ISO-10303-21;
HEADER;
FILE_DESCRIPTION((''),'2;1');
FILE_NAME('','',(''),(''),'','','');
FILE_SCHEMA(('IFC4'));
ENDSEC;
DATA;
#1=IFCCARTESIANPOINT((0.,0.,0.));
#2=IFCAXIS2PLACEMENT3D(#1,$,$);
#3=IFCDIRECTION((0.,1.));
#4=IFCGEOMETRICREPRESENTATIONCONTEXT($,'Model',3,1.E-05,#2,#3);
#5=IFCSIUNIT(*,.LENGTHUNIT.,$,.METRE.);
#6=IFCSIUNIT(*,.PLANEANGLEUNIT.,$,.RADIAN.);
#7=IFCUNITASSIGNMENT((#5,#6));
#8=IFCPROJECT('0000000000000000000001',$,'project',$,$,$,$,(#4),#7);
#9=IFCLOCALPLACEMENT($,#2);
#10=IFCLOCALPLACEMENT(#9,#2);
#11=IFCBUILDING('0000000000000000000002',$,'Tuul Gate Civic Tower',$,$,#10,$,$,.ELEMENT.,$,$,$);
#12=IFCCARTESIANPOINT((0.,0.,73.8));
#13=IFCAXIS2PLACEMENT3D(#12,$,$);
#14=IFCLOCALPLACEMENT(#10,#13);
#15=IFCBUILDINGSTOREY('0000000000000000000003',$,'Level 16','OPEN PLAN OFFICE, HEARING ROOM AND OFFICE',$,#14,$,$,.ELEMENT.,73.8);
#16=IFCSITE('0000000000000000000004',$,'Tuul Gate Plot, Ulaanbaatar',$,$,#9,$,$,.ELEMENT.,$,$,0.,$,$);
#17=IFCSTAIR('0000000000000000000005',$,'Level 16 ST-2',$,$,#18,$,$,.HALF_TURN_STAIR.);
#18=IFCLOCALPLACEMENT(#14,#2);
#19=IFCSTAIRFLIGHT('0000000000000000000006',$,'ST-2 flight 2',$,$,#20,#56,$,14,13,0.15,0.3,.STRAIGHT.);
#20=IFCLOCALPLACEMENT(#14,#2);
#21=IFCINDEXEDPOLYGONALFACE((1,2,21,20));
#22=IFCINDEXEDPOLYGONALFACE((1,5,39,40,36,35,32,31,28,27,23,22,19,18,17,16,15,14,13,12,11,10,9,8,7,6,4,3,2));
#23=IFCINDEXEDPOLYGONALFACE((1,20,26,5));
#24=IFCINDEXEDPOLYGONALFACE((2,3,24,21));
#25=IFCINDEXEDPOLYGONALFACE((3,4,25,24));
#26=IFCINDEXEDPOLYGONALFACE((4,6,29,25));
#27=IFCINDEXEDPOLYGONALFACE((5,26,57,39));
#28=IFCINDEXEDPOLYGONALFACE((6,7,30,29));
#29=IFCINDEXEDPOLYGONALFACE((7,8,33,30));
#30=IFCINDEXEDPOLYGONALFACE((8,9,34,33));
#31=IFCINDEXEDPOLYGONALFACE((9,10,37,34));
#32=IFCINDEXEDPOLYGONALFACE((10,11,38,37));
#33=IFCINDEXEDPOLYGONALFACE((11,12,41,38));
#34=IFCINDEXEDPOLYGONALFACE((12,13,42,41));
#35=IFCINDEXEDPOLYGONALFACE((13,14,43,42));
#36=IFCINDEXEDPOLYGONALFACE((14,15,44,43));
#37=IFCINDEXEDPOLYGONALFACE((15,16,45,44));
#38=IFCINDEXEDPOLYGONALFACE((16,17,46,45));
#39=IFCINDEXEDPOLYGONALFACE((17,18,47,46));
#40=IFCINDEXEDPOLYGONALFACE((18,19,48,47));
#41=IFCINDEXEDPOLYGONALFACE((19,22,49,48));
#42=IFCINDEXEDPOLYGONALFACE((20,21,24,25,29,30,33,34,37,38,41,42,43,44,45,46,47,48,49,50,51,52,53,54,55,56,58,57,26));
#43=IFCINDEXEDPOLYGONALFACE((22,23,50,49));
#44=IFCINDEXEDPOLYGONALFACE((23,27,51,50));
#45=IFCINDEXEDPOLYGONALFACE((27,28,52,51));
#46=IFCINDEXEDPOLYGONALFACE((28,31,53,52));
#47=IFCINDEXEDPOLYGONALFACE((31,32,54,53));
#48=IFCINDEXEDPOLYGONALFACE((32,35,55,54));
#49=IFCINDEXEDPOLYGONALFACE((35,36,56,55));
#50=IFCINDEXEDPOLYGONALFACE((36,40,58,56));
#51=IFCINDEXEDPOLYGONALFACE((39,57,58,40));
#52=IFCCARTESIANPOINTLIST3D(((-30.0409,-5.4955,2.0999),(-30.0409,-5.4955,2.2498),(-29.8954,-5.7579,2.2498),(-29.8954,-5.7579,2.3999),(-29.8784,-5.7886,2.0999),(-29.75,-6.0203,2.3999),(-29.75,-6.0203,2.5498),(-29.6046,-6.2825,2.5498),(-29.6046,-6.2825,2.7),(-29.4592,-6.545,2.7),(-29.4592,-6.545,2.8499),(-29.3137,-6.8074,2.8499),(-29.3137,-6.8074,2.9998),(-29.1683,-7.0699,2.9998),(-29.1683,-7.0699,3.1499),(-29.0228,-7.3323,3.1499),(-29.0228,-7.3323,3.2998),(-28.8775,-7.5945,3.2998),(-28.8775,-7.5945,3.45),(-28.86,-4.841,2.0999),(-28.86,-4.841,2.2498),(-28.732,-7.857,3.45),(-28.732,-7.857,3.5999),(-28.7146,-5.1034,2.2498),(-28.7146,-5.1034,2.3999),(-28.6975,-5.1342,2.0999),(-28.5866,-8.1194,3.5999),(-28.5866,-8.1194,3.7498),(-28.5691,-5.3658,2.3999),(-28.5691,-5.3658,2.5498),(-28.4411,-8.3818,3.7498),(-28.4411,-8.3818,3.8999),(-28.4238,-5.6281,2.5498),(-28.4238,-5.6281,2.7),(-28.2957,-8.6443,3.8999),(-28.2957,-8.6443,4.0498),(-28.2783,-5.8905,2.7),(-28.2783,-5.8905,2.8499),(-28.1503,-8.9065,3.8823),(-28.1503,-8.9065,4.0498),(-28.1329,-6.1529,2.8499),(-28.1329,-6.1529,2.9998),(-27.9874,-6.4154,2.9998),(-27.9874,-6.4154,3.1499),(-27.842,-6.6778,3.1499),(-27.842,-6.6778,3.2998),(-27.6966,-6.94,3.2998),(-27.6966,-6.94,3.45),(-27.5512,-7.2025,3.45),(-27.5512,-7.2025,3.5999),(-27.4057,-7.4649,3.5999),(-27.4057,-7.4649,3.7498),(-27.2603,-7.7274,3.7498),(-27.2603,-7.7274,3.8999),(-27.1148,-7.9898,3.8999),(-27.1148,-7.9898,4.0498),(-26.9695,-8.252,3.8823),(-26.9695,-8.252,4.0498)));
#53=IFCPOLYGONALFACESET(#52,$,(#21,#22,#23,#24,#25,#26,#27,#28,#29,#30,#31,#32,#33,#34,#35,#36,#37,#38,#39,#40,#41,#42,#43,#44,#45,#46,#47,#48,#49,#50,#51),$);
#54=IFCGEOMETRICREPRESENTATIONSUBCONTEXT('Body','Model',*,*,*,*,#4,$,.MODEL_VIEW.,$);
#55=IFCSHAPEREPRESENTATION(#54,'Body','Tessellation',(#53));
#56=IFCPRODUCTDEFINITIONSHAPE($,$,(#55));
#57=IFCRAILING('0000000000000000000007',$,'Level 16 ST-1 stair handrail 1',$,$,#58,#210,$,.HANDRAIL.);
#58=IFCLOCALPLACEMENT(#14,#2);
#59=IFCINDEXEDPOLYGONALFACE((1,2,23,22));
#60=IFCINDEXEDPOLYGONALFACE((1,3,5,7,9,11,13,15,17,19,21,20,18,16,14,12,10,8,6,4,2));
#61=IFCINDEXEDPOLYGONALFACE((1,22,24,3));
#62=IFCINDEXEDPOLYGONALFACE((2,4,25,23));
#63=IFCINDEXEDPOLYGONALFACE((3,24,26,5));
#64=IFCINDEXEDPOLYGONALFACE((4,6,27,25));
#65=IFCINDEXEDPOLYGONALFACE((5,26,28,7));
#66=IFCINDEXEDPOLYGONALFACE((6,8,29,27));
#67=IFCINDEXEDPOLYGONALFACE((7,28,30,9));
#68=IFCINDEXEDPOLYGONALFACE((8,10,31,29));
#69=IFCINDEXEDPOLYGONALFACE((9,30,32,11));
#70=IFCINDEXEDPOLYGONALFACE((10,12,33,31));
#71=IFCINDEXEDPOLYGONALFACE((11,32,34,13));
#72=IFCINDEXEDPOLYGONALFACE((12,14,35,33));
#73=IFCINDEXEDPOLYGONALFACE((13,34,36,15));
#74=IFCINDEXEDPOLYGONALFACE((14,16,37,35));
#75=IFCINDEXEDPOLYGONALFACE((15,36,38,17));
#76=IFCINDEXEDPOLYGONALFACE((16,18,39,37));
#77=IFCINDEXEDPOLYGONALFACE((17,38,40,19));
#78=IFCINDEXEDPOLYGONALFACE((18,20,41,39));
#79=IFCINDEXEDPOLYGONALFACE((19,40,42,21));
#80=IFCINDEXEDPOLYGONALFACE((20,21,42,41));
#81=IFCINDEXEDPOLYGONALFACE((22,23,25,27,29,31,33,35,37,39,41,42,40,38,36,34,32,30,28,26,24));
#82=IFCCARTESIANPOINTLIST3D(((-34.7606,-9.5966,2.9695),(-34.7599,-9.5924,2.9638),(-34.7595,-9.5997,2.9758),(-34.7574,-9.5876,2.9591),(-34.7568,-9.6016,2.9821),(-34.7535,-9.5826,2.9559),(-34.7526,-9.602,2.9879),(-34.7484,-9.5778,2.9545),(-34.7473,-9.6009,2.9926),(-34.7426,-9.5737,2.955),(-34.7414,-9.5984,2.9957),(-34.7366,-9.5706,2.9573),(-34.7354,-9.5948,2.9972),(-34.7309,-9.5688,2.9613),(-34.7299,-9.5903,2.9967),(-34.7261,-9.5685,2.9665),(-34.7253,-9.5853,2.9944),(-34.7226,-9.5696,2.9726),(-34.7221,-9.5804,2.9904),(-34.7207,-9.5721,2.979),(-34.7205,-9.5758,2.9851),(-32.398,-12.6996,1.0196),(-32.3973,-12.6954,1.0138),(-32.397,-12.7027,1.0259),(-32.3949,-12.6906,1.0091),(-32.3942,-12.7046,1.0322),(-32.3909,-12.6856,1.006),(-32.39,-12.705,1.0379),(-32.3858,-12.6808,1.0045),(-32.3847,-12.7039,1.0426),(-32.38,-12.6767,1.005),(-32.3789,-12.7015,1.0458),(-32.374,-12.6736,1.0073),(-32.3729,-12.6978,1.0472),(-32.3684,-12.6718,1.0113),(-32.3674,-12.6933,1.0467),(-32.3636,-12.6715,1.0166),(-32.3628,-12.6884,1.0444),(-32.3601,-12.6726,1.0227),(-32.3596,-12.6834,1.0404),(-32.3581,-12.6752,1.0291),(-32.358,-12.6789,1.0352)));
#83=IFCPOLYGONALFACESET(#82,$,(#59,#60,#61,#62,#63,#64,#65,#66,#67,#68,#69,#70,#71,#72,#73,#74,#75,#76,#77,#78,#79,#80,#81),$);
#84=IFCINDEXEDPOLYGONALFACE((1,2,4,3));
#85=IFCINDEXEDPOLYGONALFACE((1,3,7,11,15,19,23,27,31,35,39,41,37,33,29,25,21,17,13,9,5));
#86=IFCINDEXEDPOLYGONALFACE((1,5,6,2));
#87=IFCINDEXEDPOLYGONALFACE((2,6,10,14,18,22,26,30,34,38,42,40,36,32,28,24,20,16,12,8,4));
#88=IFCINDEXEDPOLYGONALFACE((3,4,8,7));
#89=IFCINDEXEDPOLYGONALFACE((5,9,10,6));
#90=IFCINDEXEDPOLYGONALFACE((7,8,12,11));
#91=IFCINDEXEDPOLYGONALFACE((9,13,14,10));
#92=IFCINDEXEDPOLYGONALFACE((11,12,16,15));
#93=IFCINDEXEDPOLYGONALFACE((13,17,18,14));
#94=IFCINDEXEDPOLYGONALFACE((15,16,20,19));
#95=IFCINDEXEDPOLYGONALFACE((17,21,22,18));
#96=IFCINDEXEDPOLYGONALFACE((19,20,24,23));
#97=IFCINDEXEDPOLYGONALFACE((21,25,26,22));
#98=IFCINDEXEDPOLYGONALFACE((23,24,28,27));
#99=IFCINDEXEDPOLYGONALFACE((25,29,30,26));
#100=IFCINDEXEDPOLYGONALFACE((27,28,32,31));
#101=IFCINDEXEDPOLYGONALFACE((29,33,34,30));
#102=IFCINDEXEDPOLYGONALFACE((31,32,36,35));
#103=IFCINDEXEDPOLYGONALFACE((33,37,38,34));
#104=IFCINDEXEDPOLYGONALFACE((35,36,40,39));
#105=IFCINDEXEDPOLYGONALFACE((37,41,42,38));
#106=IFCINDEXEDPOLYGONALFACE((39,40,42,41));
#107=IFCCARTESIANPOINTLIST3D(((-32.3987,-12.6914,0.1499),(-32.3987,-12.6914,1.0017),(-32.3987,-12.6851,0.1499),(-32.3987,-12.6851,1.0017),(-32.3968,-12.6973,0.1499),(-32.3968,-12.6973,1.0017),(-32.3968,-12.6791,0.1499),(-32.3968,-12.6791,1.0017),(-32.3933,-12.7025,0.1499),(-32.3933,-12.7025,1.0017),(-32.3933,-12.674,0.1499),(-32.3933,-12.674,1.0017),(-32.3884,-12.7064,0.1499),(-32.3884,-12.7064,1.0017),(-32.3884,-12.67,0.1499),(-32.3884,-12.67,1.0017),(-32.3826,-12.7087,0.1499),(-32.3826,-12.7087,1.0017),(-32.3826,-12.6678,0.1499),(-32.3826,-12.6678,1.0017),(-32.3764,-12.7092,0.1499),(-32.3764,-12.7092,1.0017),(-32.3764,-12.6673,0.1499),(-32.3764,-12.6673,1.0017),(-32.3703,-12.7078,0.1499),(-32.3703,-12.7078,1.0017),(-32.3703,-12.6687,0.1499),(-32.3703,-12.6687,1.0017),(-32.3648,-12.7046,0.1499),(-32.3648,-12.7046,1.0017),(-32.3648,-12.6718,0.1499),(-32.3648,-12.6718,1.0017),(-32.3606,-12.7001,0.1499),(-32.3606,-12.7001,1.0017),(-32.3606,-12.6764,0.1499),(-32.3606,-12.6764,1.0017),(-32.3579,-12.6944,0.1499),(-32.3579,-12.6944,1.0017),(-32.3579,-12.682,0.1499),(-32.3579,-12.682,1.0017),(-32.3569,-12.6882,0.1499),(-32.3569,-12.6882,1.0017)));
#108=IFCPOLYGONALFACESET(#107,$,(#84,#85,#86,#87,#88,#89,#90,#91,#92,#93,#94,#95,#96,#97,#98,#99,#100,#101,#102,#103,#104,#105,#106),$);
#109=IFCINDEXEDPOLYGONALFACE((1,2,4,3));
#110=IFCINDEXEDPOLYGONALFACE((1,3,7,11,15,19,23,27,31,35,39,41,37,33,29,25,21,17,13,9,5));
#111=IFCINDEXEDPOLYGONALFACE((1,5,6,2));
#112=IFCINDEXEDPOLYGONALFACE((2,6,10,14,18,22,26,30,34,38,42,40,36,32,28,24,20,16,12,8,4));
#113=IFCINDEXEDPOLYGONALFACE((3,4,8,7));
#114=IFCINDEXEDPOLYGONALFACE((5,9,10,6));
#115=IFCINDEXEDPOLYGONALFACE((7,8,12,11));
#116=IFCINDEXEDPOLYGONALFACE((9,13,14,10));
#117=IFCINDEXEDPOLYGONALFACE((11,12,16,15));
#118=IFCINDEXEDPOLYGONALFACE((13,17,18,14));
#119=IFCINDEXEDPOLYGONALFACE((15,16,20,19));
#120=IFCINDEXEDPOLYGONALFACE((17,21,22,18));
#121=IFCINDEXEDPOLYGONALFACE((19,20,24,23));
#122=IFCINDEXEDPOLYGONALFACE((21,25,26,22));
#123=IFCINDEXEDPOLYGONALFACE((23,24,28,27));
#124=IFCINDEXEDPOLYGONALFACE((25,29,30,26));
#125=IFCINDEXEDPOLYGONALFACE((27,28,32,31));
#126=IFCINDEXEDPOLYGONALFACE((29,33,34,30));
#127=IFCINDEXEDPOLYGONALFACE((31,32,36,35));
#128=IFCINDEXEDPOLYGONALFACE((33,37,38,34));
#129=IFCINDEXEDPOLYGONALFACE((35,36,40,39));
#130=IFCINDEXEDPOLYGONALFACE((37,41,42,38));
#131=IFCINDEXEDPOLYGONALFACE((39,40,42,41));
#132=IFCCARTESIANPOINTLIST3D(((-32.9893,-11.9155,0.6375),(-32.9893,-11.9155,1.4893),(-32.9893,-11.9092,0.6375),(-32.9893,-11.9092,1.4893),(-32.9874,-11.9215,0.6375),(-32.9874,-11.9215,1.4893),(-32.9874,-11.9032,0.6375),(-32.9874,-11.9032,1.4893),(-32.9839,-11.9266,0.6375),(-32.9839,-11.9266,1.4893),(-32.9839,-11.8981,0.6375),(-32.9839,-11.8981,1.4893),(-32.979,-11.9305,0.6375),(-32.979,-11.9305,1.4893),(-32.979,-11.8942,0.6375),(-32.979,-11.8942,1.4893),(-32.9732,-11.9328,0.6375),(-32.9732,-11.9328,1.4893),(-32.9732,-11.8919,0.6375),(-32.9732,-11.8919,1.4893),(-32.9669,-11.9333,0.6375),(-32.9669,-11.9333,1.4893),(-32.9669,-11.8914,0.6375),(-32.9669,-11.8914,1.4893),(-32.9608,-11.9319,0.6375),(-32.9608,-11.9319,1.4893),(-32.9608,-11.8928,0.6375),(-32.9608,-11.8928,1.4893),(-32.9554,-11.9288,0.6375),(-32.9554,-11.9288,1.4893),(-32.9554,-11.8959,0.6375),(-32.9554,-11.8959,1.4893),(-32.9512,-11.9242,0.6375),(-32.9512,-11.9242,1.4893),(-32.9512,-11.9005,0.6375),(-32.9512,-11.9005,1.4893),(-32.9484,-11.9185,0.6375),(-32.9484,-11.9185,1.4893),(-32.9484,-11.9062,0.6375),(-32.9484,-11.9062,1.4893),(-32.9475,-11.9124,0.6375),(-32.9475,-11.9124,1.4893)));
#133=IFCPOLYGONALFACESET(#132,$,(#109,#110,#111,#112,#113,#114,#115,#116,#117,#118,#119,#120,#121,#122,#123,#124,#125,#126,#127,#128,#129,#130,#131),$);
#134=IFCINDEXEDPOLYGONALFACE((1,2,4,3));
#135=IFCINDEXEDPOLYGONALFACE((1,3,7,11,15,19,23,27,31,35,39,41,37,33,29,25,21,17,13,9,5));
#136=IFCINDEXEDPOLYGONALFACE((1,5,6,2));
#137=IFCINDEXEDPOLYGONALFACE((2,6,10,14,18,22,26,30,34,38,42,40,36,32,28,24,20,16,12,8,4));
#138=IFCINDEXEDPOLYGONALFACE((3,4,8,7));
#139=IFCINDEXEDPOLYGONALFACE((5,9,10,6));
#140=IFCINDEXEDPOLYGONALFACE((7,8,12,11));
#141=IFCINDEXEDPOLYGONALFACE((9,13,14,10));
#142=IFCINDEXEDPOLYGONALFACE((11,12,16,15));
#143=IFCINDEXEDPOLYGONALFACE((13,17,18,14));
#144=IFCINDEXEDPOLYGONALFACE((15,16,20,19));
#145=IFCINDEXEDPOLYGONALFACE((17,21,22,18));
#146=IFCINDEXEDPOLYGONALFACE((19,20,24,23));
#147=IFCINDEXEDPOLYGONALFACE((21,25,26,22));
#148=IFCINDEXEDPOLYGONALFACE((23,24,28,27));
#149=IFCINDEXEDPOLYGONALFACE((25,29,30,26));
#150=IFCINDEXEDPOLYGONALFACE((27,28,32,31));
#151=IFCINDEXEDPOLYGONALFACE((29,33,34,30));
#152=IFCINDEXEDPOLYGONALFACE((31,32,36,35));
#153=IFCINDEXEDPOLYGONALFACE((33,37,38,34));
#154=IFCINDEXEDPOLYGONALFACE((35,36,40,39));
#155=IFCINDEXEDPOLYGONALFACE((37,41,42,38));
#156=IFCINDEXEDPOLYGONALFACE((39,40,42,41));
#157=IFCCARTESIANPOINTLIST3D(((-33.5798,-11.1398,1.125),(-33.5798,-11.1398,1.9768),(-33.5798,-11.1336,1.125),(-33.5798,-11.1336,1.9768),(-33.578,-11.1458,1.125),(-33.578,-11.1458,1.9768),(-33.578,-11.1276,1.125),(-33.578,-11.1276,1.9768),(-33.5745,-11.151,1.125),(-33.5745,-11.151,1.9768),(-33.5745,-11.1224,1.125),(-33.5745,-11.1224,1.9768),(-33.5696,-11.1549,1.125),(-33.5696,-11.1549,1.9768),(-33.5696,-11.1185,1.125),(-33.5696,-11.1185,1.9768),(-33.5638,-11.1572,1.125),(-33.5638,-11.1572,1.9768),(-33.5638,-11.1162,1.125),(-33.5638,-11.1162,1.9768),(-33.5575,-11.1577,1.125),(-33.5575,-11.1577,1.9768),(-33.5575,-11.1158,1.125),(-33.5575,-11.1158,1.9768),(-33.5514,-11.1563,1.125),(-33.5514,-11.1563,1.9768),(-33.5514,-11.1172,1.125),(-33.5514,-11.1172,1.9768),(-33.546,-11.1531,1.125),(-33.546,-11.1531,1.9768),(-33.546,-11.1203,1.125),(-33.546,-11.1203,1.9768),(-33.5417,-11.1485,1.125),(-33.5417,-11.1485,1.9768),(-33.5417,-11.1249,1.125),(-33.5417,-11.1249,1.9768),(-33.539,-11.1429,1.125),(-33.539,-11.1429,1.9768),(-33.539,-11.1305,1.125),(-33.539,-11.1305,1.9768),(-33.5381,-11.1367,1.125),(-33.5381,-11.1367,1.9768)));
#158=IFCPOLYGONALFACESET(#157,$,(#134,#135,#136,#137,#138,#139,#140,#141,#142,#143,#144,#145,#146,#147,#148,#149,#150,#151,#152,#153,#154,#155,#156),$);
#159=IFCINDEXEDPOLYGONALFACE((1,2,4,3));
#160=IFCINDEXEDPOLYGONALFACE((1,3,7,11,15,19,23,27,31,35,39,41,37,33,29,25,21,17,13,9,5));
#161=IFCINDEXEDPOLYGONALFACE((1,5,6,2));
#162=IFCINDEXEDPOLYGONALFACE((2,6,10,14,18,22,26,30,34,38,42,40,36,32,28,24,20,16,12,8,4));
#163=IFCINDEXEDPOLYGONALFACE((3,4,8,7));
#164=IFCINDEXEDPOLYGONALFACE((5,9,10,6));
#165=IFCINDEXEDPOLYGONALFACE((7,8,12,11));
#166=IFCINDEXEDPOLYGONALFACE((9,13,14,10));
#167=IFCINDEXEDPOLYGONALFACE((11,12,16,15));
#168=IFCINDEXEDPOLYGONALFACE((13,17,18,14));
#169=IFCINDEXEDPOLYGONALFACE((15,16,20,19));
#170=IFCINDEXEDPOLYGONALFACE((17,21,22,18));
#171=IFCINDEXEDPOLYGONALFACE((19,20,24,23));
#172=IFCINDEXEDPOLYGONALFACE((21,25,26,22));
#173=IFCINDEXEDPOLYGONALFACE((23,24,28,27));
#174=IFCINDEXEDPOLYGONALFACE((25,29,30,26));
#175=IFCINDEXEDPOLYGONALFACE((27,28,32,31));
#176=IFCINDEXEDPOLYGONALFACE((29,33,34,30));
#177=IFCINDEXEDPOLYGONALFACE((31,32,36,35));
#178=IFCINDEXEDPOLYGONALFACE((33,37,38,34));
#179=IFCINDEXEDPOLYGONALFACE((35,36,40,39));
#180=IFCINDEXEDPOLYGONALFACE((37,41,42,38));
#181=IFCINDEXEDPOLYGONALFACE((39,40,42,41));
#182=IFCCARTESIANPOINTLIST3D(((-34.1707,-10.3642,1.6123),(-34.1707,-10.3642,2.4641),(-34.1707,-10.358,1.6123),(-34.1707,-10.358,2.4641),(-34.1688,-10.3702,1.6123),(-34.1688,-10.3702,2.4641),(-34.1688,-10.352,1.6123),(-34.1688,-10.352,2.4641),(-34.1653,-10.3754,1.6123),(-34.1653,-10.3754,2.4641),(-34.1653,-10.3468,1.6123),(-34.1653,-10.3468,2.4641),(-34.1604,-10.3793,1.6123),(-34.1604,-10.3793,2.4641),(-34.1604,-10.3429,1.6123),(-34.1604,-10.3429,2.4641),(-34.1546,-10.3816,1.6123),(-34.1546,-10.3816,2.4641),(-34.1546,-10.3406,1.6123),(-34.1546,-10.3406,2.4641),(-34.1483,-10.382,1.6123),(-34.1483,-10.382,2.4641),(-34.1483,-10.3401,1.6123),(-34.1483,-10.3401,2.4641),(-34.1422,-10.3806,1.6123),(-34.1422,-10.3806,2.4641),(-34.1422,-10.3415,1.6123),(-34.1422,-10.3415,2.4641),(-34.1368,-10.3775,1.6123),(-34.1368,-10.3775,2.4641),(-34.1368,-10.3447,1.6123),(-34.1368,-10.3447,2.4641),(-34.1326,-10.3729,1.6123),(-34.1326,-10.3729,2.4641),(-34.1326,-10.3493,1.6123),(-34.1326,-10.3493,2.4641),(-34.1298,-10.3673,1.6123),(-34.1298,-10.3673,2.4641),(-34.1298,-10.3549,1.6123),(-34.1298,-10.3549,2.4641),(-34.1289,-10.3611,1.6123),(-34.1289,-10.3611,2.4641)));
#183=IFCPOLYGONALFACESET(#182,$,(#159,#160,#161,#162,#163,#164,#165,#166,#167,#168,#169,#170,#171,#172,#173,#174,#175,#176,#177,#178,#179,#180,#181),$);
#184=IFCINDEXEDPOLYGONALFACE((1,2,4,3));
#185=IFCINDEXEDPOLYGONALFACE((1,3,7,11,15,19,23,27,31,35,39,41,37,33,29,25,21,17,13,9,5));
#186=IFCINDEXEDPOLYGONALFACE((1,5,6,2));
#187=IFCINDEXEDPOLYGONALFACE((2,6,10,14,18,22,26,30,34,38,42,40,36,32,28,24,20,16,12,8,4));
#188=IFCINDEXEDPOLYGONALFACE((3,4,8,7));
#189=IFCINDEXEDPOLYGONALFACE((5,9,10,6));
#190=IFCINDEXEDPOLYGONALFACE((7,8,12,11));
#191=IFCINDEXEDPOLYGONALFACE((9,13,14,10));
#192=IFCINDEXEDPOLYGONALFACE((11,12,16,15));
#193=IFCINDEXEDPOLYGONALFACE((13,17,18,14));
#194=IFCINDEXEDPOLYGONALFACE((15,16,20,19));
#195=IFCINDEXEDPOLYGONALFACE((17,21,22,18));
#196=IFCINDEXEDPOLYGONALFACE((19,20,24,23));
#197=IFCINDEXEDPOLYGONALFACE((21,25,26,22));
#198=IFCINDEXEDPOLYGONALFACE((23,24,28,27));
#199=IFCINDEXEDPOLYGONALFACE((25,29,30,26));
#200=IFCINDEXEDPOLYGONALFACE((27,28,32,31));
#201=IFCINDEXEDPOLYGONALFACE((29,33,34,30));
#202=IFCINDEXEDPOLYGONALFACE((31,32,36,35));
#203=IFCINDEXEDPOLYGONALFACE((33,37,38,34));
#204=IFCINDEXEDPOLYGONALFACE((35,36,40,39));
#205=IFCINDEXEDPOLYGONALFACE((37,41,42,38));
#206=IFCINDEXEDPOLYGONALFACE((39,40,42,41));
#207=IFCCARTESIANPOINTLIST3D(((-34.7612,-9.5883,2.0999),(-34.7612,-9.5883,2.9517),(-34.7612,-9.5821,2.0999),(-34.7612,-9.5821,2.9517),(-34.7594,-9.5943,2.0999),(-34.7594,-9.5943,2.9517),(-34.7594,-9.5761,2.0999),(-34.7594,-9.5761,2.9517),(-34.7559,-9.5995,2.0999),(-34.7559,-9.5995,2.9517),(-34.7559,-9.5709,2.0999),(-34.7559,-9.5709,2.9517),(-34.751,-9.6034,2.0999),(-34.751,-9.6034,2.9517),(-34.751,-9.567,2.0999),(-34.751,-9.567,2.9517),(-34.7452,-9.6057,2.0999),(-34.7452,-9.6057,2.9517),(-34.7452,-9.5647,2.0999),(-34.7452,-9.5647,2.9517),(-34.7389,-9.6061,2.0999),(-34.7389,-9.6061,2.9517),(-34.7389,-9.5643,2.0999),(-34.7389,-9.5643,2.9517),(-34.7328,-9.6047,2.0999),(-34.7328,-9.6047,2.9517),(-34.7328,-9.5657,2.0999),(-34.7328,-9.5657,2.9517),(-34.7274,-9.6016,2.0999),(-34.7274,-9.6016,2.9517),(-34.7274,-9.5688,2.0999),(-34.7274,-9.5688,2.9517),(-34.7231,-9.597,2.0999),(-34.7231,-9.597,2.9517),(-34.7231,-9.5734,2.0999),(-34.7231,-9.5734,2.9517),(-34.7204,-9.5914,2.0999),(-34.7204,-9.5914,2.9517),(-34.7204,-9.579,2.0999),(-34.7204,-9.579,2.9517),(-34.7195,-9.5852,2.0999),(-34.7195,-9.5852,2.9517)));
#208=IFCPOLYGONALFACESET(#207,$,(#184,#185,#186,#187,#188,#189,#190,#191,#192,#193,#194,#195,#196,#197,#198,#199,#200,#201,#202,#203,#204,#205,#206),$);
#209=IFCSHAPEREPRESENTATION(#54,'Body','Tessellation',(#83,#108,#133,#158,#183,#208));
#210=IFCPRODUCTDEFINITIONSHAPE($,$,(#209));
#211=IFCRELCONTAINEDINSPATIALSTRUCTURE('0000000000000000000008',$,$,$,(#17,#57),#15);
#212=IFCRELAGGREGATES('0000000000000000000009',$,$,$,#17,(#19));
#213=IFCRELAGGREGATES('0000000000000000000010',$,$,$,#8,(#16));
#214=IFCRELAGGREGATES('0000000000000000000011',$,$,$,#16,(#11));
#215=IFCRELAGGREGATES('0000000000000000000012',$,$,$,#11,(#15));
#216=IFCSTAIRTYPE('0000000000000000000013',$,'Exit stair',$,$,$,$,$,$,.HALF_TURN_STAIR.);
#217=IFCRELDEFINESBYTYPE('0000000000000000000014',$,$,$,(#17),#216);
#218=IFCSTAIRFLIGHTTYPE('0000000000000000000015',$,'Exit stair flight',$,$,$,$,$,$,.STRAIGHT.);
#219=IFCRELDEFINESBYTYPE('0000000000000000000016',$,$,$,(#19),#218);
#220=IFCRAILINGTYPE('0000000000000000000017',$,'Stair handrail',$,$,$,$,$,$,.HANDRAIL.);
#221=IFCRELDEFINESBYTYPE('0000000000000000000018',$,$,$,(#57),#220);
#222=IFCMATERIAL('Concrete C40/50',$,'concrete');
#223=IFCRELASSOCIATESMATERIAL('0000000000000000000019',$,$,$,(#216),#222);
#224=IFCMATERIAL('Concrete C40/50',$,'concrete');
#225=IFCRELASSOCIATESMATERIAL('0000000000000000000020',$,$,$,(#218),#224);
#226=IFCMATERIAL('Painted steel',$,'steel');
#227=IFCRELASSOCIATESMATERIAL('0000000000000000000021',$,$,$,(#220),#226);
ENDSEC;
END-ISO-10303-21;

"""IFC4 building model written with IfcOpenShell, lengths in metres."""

from ifc_helpers import new_model, si_unit, direction, frame, origin, origin_2d, place, context, subcontext, project, spatial, polyline, circle, outline, extrude, material, type_object, element, aggregate, save


model = new_model("IFC4")

# Units and contexts
model_context = context("Model", 3, precision=1e-05, world=origin(), true_north=direction((0.0, 1.0)))
body_context = subcontext(model_context, "Body", "Model", "MODEL_VIEW")
ifc_project = project(units=[si_unit("LENGTHUNIT", "METRE"), si_unit("PLANEANGLEUNIT", "RADIAN")], contexts=[model_context])

# Site, building, storey
site_placement = place(None, origin())
site = spatial("IfcSite", under=ifc_project, at=site_placement, Name="Tuul Gate Plot, Ulaanbaatar", CompositionType="ELEMENT", RefElevation=0.0)
building_placement = place(site_placement, origin())
building = spatial("IfcBuilding", under=site, at=building_placement, Name="Tuul Gate Civic Tower", CompositionType="ELEMENT")
storey_placement = place(building_placement, frame((0.0, 0.0, 73.8)))
storey = spatial("IfcBuildingStorey", under=building, at=storey_placement, Name="Level 16", Description="OPEN PLAN OFFICE, HEARING ROOM AND OFFICE", CompositionType="ELEMENT", Elevation=73.8)

# Stair, stair flight
ifc_material_1 = material(Name="Concrete C40/50", Category="concrete")
stair_type = type_object("IfcStairType", Name="Exit stair", PredefinedType="HALF_TURN_STAIR", material=ifc_material_1)
stair_placement = place(storey_placement, origin())
stair = element("IfcStair", 1, at=stair_placement, inside=storey, type_object=stair_type, Name="Level 16 ST-2", PredefinedType="HALF_TURN_STAIR")
ifc_material_2 = material(Name="Concrete C40/50", Category="concrete")
stair_flight_type = type_object("IfcStairFlightType", Name="Exit stair flight", PredefinedType="STRAIGHT", material=ifc_material_2)
stair_flight_placement = place(storey_placement, frame((-29.4504, -5.1682, 2.0999), z_axis=(0.0, 0.0, 1.0), x_axis=(0.484762, -0.874646, 0.0)))
stair_flight = element("IfcStairFlight", 2, at=stair_flight_placement, type_object=stair_flight_type, Name="ST-2 flight 2", NumberOfRisers=14, NumberOfTreads=13, PredefinedType="STRAIGHT", RiserHeight=0.15, TreadLength=0.3, context=body_context, shape_type="SweptSolid", body=[
    extrude(outline(polyline([(0.0, 0.0), (0.0, 0.1499), (0.3, 0.1499), (0.3, 0.3), (0.6001, 0.3), (0.6001, 0.45), (0.8999, 0.45), (0.8999, 0.6001), (1.2, 0.6001), (1.2, 0.75), (1.5, 0.75), (1.5, 0.8999), (1.8, 0.8999), (1.8, 1.05), (2.1001, 1.05), (2.1001, 1.2), (2.3999, 1.2), (2.3999, 1.3501), (2.7, 1.3501), (2.7, 1.5), (3.0, 1.5), (3.0, 1.6499), (3.3, 1.6499), (3.3, 1.8), (3.6001, 1.8), (3.6001, 1.95), (3.8999, 1.95), (3.8999, 2.1001), (3.8999, 1.7825), (0.3352, 0.0), (0.0, 0.0)])), frame((0.0, 0.675, 0.0), z_axis=(0.0, -1.0, 0.0), x_axis=(1.0, 0.0, 0.0)), (0.0, 0.0, 1.0), 1.3501),
])
aggregate(stair, [stair_flight])

# Railing
ifc_material_3 = material(Name="Painted steel", Category="steel")
railing_type_1 = type_object("IfcRailingType", Name="Stair handrail", PredefinedType="HANDRAIL", material=ifc_material_3)
railing_1_placement = place(storey_placement, frame((-32.3779, -12.6882, 0.1499)))
element("IfcRailing", 3, at=railing_1_placement, inside=storey, type_object=railing_type_1, Name="Level 16 ST-1 stair handrail 1", PredefinedType="HANDRAIL", context=body_context, shape_type="SweptSolid", body=[
    extrude(circle(Radius=0.0239, at=origin_2d()), frame((0.0, 0.0, 0.876), z_axis=(-0.541824, 0.711645, 0.4472), x_axis=(-0.795637, -0.605773, 0.0)), (0.0, 0.0, 1.0), 4.3604),
    extrude(circle(Radius=0.021, at=origin_2d()), origin(), (0.0, 0.0, 1.0), 0.8518),
    extrude(circle(Radius=0.021, at=origin_2d()), frame((-0.5906, 0.7759, 0.4875)), (0.0, 0.0, 1.0), 0.8518),
    extrude(circle(Radius=0.021, at=origin_2d()), frame((-1.1812, 1.5515, 0.9751)), (0.0, 0.0, 1.0), 0.8518),
    extrude(circle(Radius=0.021, at=origin_2d()), frame((-1.772, 2.3271, 1.4624)), (0.0, 0.0, 1.0), 0.8518),
    extrude(circle(Radius=0.021, at=origin_2d()), frame((-2.3625, 3.103, 1.95)), (0.0, 0.0, 1.0), 0.8518),
])

save(model, "model.ifc")
